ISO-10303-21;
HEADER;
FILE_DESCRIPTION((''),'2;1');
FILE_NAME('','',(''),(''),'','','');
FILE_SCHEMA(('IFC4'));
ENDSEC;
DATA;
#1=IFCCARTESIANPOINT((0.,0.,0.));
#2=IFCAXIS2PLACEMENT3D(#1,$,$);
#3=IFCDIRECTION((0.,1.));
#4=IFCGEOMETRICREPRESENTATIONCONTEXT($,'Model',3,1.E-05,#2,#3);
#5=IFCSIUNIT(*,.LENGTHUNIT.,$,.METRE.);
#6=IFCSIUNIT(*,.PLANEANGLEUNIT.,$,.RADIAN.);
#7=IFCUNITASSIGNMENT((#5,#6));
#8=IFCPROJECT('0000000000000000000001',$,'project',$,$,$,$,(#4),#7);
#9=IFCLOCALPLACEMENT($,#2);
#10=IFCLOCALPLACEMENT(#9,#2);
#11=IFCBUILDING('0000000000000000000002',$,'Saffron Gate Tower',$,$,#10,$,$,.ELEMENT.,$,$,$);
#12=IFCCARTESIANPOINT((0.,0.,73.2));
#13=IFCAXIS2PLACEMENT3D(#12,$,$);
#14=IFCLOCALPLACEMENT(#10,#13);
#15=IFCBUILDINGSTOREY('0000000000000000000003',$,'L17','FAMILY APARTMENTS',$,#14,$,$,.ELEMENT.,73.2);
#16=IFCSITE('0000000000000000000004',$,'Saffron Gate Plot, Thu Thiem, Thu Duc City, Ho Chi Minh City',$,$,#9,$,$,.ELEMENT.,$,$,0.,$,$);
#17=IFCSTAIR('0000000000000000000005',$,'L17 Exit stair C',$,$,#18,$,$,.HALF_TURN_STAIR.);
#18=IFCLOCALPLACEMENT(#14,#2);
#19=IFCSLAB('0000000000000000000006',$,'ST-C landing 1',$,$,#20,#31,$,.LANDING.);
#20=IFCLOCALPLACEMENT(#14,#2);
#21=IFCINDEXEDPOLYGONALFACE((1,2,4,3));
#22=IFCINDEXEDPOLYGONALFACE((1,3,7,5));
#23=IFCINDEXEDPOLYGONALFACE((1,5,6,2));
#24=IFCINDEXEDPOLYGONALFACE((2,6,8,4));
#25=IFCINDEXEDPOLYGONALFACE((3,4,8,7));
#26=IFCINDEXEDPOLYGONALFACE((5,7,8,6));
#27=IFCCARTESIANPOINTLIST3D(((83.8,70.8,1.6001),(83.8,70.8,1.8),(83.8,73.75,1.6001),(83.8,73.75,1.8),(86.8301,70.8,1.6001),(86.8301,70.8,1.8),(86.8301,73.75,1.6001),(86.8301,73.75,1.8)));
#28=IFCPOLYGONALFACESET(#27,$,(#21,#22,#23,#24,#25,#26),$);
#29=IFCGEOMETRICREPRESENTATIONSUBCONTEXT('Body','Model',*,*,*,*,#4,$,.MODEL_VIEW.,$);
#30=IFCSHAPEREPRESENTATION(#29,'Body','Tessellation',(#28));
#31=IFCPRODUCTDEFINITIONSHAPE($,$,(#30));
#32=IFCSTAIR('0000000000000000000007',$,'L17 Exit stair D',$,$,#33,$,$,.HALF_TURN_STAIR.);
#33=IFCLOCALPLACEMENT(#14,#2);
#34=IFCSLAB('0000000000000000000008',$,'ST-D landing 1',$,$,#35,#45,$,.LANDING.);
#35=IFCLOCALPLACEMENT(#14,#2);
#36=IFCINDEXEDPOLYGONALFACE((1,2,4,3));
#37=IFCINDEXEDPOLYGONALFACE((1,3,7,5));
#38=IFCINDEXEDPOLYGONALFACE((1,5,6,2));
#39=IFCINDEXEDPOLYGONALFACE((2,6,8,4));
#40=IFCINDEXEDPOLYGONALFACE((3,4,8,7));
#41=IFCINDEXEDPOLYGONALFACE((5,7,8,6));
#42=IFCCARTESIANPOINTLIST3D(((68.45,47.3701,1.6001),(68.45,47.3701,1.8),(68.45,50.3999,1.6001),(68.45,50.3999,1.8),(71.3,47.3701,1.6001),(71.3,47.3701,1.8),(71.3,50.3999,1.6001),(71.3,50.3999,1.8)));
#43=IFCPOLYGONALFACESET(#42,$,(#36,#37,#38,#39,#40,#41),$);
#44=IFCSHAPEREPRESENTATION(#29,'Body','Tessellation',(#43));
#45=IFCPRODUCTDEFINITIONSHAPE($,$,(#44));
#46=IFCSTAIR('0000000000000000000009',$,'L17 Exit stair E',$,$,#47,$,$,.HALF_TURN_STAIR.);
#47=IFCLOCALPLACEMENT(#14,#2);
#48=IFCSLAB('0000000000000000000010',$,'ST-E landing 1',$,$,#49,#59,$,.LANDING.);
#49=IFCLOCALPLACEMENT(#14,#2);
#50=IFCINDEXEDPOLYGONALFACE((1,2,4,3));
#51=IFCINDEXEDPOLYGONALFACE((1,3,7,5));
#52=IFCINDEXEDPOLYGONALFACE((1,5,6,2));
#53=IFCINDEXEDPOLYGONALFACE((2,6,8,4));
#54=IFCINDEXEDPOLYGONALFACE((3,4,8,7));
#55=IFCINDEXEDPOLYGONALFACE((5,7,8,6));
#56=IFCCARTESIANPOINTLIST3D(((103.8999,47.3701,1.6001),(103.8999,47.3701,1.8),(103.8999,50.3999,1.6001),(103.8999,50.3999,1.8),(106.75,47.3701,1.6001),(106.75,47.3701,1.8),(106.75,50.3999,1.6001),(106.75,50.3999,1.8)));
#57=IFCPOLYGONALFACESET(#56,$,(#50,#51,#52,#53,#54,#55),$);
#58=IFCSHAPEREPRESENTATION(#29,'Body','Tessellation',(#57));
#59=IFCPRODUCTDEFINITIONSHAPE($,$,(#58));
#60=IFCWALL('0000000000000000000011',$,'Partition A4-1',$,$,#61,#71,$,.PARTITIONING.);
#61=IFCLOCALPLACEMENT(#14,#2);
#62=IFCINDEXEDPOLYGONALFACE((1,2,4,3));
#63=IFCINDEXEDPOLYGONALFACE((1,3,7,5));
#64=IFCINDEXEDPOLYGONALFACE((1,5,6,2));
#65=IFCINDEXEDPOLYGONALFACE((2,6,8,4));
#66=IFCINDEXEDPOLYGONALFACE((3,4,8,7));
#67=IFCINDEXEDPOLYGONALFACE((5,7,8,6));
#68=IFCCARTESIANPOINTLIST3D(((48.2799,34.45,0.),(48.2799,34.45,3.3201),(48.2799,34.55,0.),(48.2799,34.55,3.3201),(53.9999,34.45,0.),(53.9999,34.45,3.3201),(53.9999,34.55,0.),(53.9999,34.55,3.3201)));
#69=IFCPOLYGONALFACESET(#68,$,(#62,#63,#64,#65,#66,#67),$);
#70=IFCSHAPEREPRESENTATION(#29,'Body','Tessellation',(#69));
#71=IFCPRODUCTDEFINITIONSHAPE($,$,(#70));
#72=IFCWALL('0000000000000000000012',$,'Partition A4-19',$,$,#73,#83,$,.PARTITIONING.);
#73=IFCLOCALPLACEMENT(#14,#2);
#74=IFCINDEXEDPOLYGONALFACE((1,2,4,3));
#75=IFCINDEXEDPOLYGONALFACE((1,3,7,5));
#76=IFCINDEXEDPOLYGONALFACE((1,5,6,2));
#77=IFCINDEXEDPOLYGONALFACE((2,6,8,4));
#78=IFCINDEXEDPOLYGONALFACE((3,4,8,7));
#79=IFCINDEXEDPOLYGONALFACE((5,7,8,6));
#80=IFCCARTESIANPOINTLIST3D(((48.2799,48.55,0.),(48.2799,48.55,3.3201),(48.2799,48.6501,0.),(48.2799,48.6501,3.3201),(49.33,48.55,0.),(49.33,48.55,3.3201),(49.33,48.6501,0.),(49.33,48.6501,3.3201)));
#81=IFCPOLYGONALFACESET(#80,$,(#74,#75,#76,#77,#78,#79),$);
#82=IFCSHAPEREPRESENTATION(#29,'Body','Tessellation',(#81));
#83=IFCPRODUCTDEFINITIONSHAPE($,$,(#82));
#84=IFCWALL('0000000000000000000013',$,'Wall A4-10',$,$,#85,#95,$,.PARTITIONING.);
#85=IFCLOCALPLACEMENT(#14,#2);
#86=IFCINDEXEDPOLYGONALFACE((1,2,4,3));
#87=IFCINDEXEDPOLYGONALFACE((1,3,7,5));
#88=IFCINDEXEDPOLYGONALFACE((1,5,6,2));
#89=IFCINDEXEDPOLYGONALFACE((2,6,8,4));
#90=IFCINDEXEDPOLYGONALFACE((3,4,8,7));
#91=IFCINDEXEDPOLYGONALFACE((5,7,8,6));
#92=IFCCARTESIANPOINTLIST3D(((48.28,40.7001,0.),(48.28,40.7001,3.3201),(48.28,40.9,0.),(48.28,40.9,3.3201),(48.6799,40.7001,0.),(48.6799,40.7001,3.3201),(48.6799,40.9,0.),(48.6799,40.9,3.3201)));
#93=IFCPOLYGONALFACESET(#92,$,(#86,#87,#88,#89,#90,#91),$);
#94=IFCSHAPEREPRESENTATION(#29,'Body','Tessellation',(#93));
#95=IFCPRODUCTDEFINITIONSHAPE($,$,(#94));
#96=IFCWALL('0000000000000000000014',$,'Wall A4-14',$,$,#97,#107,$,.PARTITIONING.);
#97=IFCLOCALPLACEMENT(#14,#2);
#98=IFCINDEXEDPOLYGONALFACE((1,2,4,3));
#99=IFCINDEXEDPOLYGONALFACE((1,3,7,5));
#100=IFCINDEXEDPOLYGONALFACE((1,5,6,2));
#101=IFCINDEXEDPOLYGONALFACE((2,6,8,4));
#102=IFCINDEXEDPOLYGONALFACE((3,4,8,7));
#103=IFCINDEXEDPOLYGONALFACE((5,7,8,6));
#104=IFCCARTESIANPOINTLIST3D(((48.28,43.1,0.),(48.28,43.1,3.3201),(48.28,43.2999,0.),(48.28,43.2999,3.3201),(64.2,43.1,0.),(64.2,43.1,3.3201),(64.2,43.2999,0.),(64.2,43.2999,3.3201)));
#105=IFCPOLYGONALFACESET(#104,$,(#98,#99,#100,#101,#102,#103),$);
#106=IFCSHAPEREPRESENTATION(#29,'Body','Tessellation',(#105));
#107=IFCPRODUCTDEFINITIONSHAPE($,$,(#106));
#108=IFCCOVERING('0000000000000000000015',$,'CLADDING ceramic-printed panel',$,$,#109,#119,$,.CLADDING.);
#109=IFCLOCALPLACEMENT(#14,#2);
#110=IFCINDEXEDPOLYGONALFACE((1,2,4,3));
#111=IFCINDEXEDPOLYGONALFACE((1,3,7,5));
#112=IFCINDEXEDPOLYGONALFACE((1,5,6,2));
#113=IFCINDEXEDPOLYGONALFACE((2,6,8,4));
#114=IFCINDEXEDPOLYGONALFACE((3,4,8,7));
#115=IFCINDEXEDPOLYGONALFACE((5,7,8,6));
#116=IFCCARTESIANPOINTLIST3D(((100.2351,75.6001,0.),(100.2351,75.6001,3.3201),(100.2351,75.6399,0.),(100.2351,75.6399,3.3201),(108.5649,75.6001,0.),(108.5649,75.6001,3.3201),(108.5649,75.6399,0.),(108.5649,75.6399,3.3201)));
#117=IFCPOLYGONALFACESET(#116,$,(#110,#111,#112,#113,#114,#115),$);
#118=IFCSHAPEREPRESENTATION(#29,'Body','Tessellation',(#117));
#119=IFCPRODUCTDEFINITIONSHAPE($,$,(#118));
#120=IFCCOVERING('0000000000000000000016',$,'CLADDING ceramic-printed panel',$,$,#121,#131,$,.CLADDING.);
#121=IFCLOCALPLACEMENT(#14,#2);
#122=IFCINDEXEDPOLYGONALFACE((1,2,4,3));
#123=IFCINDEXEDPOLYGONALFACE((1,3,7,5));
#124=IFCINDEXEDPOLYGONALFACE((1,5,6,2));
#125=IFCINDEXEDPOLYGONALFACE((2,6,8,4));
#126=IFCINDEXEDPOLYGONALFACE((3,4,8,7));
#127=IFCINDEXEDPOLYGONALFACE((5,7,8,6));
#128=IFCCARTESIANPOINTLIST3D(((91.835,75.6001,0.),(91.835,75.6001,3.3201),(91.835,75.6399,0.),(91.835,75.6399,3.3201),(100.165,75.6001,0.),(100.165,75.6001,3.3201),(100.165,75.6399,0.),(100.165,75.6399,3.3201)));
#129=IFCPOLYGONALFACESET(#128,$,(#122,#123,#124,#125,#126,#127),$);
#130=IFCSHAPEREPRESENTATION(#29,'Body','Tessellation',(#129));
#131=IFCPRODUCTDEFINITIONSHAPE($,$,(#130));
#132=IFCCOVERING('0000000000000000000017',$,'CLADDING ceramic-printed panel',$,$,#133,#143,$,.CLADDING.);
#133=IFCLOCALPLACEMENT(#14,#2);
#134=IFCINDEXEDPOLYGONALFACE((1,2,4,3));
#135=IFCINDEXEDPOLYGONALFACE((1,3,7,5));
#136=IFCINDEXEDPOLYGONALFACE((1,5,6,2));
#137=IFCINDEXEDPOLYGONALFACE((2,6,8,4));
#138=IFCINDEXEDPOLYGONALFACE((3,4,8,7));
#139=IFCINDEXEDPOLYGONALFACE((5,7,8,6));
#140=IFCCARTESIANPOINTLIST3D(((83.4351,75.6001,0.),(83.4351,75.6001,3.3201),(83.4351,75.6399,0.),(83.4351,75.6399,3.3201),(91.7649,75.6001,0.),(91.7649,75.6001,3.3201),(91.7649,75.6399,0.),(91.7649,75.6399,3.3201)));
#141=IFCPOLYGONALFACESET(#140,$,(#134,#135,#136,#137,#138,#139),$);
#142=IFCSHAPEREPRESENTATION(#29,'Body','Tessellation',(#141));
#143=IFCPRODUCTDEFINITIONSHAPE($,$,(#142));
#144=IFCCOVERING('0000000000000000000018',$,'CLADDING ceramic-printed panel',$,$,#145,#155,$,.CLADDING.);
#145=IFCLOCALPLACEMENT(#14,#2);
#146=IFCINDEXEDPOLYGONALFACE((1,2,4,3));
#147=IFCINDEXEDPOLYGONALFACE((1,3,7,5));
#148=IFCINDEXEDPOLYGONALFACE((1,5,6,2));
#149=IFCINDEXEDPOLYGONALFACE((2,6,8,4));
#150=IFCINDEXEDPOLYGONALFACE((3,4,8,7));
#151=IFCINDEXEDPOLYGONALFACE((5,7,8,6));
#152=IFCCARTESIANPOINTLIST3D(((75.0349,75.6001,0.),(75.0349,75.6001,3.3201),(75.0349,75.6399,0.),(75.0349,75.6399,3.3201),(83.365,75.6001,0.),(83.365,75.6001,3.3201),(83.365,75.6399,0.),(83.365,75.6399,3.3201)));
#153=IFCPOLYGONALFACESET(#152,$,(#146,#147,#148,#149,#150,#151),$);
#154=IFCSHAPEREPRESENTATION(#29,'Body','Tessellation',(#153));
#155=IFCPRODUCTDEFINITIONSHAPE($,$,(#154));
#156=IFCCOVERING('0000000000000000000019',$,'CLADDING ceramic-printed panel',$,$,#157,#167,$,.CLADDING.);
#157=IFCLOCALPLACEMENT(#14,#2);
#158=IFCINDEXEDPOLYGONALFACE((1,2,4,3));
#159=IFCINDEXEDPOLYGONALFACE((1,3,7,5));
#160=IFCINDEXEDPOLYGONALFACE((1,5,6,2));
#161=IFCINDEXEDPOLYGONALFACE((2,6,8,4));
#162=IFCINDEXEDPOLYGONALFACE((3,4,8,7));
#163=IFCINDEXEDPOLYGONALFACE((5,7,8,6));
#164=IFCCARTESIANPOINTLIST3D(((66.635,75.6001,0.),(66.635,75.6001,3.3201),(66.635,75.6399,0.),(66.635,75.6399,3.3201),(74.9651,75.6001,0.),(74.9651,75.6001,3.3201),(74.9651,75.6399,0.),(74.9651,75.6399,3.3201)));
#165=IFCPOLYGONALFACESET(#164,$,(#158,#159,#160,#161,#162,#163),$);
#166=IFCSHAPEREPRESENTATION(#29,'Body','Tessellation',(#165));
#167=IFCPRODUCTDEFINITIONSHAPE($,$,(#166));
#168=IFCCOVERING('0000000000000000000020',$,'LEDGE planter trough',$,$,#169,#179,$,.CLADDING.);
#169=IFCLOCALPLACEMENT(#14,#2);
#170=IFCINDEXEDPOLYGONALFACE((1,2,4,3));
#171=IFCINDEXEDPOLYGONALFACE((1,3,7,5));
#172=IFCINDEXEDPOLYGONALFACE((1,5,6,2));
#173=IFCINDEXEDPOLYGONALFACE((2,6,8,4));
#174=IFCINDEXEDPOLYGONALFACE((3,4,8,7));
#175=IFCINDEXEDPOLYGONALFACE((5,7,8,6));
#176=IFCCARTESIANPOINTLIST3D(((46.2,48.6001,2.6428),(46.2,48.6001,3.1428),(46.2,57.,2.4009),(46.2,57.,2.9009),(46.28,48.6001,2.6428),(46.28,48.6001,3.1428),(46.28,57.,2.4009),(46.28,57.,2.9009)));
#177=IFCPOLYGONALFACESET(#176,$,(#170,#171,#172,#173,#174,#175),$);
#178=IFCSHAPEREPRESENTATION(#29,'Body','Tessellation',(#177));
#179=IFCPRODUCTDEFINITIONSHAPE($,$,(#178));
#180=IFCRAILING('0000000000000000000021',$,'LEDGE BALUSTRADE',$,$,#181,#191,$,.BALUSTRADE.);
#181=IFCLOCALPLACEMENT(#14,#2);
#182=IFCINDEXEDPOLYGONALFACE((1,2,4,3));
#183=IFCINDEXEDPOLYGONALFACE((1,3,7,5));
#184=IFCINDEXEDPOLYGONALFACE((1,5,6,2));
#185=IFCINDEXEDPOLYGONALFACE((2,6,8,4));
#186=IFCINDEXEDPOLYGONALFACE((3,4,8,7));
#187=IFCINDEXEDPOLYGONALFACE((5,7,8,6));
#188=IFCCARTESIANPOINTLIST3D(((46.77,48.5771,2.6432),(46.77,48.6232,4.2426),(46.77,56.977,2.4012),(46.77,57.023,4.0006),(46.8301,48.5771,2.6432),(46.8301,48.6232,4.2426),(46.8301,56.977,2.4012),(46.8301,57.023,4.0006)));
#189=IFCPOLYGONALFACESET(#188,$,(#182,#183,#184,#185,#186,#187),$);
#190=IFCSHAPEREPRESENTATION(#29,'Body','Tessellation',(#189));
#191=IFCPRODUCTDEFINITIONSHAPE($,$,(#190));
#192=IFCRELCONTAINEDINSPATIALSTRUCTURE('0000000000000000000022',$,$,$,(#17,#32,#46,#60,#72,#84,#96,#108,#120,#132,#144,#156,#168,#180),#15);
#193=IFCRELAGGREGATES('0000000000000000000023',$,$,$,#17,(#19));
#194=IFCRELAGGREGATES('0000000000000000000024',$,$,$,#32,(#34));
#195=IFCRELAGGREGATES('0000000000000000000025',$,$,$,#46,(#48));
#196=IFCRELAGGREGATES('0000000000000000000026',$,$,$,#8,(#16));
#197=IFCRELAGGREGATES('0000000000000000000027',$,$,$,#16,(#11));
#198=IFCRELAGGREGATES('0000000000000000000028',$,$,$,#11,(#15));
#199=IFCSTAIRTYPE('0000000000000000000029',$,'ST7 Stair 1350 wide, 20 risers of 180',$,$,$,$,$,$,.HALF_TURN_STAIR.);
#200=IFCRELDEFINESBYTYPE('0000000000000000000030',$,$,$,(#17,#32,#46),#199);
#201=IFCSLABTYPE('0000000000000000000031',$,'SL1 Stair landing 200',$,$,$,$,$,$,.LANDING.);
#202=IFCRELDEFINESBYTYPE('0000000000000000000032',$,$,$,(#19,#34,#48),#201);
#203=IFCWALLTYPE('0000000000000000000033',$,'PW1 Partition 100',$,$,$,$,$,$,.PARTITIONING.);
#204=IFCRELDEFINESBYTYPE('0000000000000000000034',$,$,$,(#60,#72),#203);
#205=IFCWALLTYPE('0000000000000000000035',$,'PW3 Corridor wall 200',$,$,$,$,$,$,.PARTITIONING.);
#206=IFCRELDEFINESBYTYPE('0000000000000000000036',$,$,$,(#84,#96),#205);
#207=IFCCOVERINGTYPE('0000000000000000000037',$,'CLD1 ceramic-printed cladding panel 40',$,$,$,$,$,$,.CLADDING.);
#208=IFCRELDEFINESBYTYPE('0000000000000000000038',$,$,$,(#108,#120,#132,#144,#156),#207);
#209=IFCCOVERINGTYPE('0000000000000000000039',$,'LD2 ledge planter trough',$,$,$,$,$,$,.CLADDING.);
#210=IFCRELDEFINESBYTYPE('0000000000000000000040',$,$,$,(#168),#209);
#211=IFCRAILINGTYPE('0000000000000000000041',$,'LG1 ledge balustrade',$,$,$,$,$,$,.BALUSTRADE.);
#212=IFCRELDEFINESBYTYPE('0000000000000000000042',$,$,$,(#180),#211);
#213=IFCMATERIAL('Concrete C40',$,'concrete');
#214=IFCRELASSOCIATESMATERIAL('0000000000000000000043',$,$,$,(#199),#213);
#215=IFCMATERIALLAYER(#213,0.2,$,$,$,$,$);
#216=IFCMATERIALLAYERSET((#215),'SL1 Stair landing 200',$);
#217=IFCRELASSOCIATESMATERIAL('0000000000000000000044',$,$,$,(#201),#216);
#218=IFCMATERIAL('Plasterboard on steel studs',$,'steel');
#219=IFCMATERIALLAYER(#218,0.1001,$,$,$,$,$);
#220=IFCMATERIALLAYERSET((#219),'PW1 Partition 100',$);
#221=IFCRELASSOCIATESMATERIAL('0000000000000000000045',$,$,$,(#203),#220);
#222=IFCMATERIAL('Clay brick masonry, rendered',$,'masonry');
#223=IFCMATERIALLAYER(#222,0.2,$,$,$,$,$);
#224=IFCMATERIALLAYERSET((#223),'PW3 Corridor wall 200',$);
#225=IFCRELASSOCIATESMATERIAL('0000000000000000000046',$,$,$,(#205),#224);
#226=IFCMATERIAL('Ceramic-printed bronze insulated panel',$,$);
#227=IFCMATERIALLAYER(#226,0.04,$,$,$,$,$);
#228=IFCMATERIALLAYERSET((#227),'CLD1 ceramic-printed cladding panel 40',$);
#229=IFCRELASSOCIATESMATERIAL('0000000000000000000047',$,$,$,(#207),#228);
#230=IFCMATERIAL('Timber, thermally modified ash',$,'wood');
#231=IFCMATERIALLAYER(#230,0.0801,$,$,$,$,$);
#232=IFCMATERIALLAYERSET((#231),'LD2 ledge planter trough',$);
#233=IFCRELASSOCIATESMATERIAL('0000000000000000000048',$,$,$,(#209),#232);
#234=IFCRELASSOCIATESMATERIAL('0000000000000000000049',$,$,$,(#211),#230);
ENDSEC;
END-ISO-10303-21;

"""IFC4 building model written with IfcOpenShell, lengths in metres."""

from ifc_helpers import new_model, si_unit, direction, frame, frame_2d, origin, origin_2d, place, context, subcontext, project, spatial, polyline, rectangle, outline, extrude, material, layer, layer_set, type_object, element, aggregate, save


model = new_model("IFC4")

# Units and contexts
model_context = context("Model", 3, precision=1e-05, world=origin(), true_north=direction((0.0, 1.0)))
body_context = subcontext(model_context, "Body", "Model", "MODEL_VIEW")
ifc_project = project(units=[si_unit("LENGTHUNIT", "METRE"), si_unit("PLANEANGLEUNIT", "RADIAN")], contexts=[model_context])

# Site, building, storey
site_placement = place(None, origin())
site = spatial("IfcSite", under=ifc_project, at=site_placement, Name="Saffron Gate Plot, Thu Thiem, Thu Duc City, Ho Chi Minh City", CompositionType="ELEMENT", RefElevation=0.0)
building_placement = place(site_placement, origin())
building = spatial("IfcBuilding", under=site, at=building_placement, Name="Saffron Gate Tower", CompositionType="ELEMENT")
storey_placement = place(building_placement, frame((0.0, 0.0, 73.2)))
storey = spatial("IfcBuildingStorey", under=building, at=storey_placement, Name="L17", Description="FAMILY APARTMENTS", CompositionType="ELEMENT", Elevation=73.2)

# Shared definitions
ifc_material_1 = material(Name="Concrete C40", Category="concrete")

# Stairs, slabs
stair_type = type_object("IfcStairType", Name="ST7 Stair 1350 wide, 20 risers of 180", PredefinedType="HALF_TURN_STAIR", material=ifc_material_1)
ifc_layer_1 = layer(ifc_material_1, 0.2)
ifc_layer_set_1 = layer_set([ifc_layer_1], Name="SL1 Stair landing 200")
slab_type_1 = type_object("IfcSlabType", Name="SL1 Stair landing 200", PredefinedType="LANDING", material=ifc_layer_set_1)
stair_1_placement = place(storey_placement, origin())
stair_1 = element("IfcStair", 1, at=stair_1_placement, inside=storey, type_object=stair_type, Name="L17 Exit stair C", PredefinedType="HALF_TURN_STAIR")
slab_1_placement = place(storey_placement, frame((0.0, 0.0, 1.6001)))
slab_1 = element("IfcSlab", 2, at=slab_1_placement, type_object=slab_type_1, Name="ST-C landing 1", PredefinedType="LANDING", context=body_context, shape_type="SweptSolid", body=[
    extrude(outline(polyline([(86.8301, 73.75), (83.8, 73.75), (83.8, 70.8), (86.8301, 70.8), (86.8301, 73.75)])), origin(), (0.0, 0.0, 1.0), 0.2),
])
aggregate(stair_1, [slab_1])
stair_2_placement = place(storey_placement, origin())
stair_2 = element("IfcStair", 3, at=stair_2_placement, inside=storey, type_object=stair_type, Name="L17 Exit stair D", PredefinedType="HALF_TURN_STAIR")
slab_2_placement = place(storey_placement, frame((0.0, 0.0, 1.6001)))
slab_2 = element("IfcSlab", 4, at=slab_2_placement, type_object=slab_type_1, Name="ST-D landing 1", PredefinedType="LANDING", context=body_context, shape_type="SweptSolid", body=[
    extrude(outline(polyline([(71.3, 47.3701), (71.3, 50.3999), (68.45, 50.3999), (68.45, 47.3701), (71.3, 47.3701)])), origin(), (0.0, 0.0, 1.0), 0.2),
])
aggregate(stair_2, [slab_2])
stair_3_placement = place(storey_placement, origin())
stair_3 = element("IfcStair", 5, at=stair_3_placement, inside=storey, type_object=stair_type, Name="L17 Exit stair E", PredefinedType="HALF_TURN_STAIR")
slab_3_placement = place(storey_placement, frame((0.0, 0.0, 1.6001)))
slab_3 = element("IfcSlab", 6, at=slab_3_placement, type_object=slab_type_1, Name="ST-E landing 1", PredefinedType="LANDING", context=body_context, shape_type="SweptSolid", body=[
    extrude(outline(polyline([(106.75, 47.3701), (106.75, 50.3999), (103.8999, 50.3999), (103.8999, 47.3701), (106.75, 47.3701)])), origin(), (0.0, 0.0, 1.0), 0.2),
])
aggregate(stair_3, [slab_3])

# Walls
ifc_material_2 = material(Name="Plasterboard on steel studs", Category="steel")
ifc_layer_2 = layer(ifc_material_2, 0.1001)
ifc_layer_set_2 = layer_set([ifc_layer_2], Name="PW1 Partition 100")
wall_type_1 = type_object("IfcWallType", Name="PW1 Partition 100", PredefinedType="PARTITIONING", material=ifc_layer_set_2)
wall_1_placement = place(storey_placement, frame((48.28, 34.5, 0.0), z_axis=(0.0, 0.0, 1.0), x_axis=(1.0, 0.0, 0.0)))
element("IfcWall", 7, at=wall_1_placement, inside=storey, type_object=wall_type_1, Name="Partition A4-1", PredefinedType="PARTITIONING", context=body_context, shape_type="SweptSolid", body=[
    extrude(rectangle(XDim=5.72, YDim=0.1001, at=frame_2d((2.8599, 0.0))), origin(), (0.0, 0.0, 1.0), 3.3201),
])
wall_2_placement = place(storey_placement, frame((48.28, 48.6001, 0.0), z_axis=(0.0, 0.0, 1.0), x_axis=(1.0, 0.0, 0.0)))
element("IfcWall", 8, at=wall_2_placement, inside=storey, type_object=wall_type_1, Name="Partition A4-19", PredefinedType="PARTITIONING", context=body_context, shape_type="SweptSolid", body=[
    extrude(rectangle(XDim=1.05, YDim=0.1001, at=frame_2d((0.5249, 0.0))), origin(), (0.0, 0.0, 1.0), 3.3201),
])
ifc_material_3 = material(Name="Clay brick masonry, rendered", Category="masonry")
ifc_layer_3 = layer(ifc_material_3, 0.2)
ifc_layer_set_3 = layer_set([ifc_layer_3], Name="PW3 Corridor wall 200")
wall_type_2 = type_object("IfcWallType", Name="PW3 Corridor wall 200", PredefinedType="PARTITIONING", material=ifc_layer_set_3)
wall_3_placement = place(storey_placement, frame((48.28, 40.8, 0.0), z_axis=(0.0, 0.0, 1.0), x_axis=(1.0, 0.0, 0.0)))
element("IfcWall", 9, at=wall_3_placement, inside=storey, type_object=wall_type_2, Name="Wall A4-10", PredefinedType="PARTITIONING", context=body_context, shape_type="SweptSolid", body=[
    extrude(rectangle(XDim=0.3999, YDim=0.2, at=frame_2d((0.2, 0.0))), origin(), (0.0, 0.0, 1.0), 3.3201),
])
wall_4_placement = place(storey_placement, frame((48.28, 43.2, 0.0), z_axis=(0.0, 0.0, 1.0), x_axis=(1.0, 0.0, 0.0)))
element("IfcWall", 10, at=wall_4_placement, inside=storey, type_object=wall_type_2, Name="Wall A4-14", PredefinedType="PARTITIONING", context=body_context, shape_type="SweptSolid", body=[
    extrude(rectangle(XDim=15.9199, YDim=0.2, at=frame_2d((7.96, 0.0))), origin(), (0.0, 0.0, 1.0), 3.3201),
])

# Coverings
ifc_material_4 = material(Name="Ceramic-printed bronze insulated panel")
ifc_layer_4 = layer(ifc_material_4, 0.04)
ifc_layer_set_4 = layer_set([ifc_layer_4], Name="CLD1 ceramic-printed cladding panel 40")
covering_type_1 = type_object("IfcCoveringType", Name="CLD1 ceramic-printed cladding panel 40", PredefinedType="CLADDING", material=ifc_layer_set_4)
covering_1_placement = place(storey_placement, origin())
element("IfcCovering", 11, at=covering_1_placement, inside=storey, type_object=covering_type_1, Name="CLADDING ceramic-printed panel", PredefinedType="CLADDING", context=body_context, shape_type="SweptSolid", body=[
    extrude(outline(polyline([(108.5649, 75.6399), (100.2351, 75.6399), (100.2351, 75.6001), (108.5649, 75.6001), (108.5649, 75.6399)])), origin(), (0.0, 0.0, 1.0), 3.3201),
])
covering_2_placement = place(storey_placement, origin())
element("IfcCovering", 12, at=covering_2_placement, inside=storey, type_object=covering_type_1, Name="CLADDING ceramic-printed panel", PredefinedType="CLADDING", context=body_context, shape_type="SweptSolid", body=[
    extrude(outline(polyline([(100.165, 75.6399), (91.835, 75.6399), (91.835, 75.6001), (100.165, 75.6001), (100.165, 75.6399)])), origin(), (0.0, 0.0, 1.0), 3.3201),
])
covering_3_placement = place(storey_placement, origin())
element("IfcCovering", 13, at=covering_3_placement, inside=storey, type_object=covering_type_1, Name="CLADDING ceramic-printed panel", PredefinedType="CLADDING", context=body_context, shape_type="SweptSolid", body=[
    extrude(outline(polyline([(91.7649, 75.6399), (83.4351, 75.6399), (83.4351, 75.6001), (91.7649, 75.6001), (91.7649, 75.6399)])), origin(), (0.0, 0.0, 1.0), 3.3201),
])
covering_4_placement = place(storey_placement, origin())
element("IfcCovering", 14, at=covering_4_placement, inside=storey, type_object=covering_type_1, Name="CLADDING ceramic-printed panel", PredefinedType="CLADDING", context=body_context, shape_type="SweptSolid", body=[
    extrude(outline(polyline([(83.365, 75.6399), (75.0349, 75.6399), (75.0349, 75.6001), (83.365, 75.6001), (83.365, 75.6399)])), origin(), (0.0, 0.0, 1.0), 3.3201),
])
covering_5_placement = place(storey_placement, origin())
element("IfcCovering", 15, at=covering_5_placement, inside=storey, type_object=covering_type_1, Name="CLADDING ceramic-printed panel", PredefinedType="CLADDING", context=body_context, shape_type="SweptSolid", body=[
    extrude(outline(polyline([(74.9651, 75.6399), (66.635, 75.6399), (66.635, 75.6001), (74.9651, 75.6001), (74.9651, 75.6399)])), origin(), (0.0, 0.0, 1.0), 3.3201),
])
ifc_material_5 = material(Name="Timber, thermally modified ash", Category="wood")
ifc_layer_5 = layer(ifc_material_5, 0.0801)
ifc_layer_set_5 = layer_set([ifc_layer_5], Name="LD2 ledge planter trough")
covering_type_2 = type_object("IfcCoveringType", Name="LD2 ledge planter trough", PredefinedType="CLADDING", material=ifc_layer_set_5)
covering_6_placement = place(storey_placement, frame((46.2, 57.0, 2.4009), z_axis=(-1.0, 0.0, 0.0), x_axis=(0.0, -0.999585, 0.028791)))
element("IfcCovering", 16, at=covering_6_placement, inside=storey, type_object=covering_type_2, Name="LEDGE planter trough", PredefinedType="CLADDING", context=body_context, shape_type="SweptSolid", body=[
    extrude(outline(polyline([(0.0, 0.0), (8.4034, 0.0), (8.4178, 0.4998), (0.0144, 0.4998), (0.0, 0.0)])), origin(), (0.0, 0.0, -1.0), 0.0801),
])

# Railing
railing_type = type_object("IfcRailingType", Name="LG1 ledge balustrade", PredefinedType="BALUSTRADE", material=ifc_material_5)
railing_placement = place(storey_placement, frame((46.8, 57.0, 2.4009)))
element("IfcRailing", 17, at=railing_placement, inside=storey, type_object=railing_type, Name="LEDGE BALUSTRADE", PredefinedType="BALUSTRADE", context=body_context, shape_type="SweptSolid", body=[
    extrude(rectangle(XDim=0.0601, YDim=1.6001, at=origin_2d()), frame((0.0, 0.0, 0.8), z_axis=(0.0, -0.999585, 0.028791), x_axis=(1.0, 0.0, 0.0)), (0.0, 0.0, 1.0), 8.4033),
])

save(model, "model.ifc")
